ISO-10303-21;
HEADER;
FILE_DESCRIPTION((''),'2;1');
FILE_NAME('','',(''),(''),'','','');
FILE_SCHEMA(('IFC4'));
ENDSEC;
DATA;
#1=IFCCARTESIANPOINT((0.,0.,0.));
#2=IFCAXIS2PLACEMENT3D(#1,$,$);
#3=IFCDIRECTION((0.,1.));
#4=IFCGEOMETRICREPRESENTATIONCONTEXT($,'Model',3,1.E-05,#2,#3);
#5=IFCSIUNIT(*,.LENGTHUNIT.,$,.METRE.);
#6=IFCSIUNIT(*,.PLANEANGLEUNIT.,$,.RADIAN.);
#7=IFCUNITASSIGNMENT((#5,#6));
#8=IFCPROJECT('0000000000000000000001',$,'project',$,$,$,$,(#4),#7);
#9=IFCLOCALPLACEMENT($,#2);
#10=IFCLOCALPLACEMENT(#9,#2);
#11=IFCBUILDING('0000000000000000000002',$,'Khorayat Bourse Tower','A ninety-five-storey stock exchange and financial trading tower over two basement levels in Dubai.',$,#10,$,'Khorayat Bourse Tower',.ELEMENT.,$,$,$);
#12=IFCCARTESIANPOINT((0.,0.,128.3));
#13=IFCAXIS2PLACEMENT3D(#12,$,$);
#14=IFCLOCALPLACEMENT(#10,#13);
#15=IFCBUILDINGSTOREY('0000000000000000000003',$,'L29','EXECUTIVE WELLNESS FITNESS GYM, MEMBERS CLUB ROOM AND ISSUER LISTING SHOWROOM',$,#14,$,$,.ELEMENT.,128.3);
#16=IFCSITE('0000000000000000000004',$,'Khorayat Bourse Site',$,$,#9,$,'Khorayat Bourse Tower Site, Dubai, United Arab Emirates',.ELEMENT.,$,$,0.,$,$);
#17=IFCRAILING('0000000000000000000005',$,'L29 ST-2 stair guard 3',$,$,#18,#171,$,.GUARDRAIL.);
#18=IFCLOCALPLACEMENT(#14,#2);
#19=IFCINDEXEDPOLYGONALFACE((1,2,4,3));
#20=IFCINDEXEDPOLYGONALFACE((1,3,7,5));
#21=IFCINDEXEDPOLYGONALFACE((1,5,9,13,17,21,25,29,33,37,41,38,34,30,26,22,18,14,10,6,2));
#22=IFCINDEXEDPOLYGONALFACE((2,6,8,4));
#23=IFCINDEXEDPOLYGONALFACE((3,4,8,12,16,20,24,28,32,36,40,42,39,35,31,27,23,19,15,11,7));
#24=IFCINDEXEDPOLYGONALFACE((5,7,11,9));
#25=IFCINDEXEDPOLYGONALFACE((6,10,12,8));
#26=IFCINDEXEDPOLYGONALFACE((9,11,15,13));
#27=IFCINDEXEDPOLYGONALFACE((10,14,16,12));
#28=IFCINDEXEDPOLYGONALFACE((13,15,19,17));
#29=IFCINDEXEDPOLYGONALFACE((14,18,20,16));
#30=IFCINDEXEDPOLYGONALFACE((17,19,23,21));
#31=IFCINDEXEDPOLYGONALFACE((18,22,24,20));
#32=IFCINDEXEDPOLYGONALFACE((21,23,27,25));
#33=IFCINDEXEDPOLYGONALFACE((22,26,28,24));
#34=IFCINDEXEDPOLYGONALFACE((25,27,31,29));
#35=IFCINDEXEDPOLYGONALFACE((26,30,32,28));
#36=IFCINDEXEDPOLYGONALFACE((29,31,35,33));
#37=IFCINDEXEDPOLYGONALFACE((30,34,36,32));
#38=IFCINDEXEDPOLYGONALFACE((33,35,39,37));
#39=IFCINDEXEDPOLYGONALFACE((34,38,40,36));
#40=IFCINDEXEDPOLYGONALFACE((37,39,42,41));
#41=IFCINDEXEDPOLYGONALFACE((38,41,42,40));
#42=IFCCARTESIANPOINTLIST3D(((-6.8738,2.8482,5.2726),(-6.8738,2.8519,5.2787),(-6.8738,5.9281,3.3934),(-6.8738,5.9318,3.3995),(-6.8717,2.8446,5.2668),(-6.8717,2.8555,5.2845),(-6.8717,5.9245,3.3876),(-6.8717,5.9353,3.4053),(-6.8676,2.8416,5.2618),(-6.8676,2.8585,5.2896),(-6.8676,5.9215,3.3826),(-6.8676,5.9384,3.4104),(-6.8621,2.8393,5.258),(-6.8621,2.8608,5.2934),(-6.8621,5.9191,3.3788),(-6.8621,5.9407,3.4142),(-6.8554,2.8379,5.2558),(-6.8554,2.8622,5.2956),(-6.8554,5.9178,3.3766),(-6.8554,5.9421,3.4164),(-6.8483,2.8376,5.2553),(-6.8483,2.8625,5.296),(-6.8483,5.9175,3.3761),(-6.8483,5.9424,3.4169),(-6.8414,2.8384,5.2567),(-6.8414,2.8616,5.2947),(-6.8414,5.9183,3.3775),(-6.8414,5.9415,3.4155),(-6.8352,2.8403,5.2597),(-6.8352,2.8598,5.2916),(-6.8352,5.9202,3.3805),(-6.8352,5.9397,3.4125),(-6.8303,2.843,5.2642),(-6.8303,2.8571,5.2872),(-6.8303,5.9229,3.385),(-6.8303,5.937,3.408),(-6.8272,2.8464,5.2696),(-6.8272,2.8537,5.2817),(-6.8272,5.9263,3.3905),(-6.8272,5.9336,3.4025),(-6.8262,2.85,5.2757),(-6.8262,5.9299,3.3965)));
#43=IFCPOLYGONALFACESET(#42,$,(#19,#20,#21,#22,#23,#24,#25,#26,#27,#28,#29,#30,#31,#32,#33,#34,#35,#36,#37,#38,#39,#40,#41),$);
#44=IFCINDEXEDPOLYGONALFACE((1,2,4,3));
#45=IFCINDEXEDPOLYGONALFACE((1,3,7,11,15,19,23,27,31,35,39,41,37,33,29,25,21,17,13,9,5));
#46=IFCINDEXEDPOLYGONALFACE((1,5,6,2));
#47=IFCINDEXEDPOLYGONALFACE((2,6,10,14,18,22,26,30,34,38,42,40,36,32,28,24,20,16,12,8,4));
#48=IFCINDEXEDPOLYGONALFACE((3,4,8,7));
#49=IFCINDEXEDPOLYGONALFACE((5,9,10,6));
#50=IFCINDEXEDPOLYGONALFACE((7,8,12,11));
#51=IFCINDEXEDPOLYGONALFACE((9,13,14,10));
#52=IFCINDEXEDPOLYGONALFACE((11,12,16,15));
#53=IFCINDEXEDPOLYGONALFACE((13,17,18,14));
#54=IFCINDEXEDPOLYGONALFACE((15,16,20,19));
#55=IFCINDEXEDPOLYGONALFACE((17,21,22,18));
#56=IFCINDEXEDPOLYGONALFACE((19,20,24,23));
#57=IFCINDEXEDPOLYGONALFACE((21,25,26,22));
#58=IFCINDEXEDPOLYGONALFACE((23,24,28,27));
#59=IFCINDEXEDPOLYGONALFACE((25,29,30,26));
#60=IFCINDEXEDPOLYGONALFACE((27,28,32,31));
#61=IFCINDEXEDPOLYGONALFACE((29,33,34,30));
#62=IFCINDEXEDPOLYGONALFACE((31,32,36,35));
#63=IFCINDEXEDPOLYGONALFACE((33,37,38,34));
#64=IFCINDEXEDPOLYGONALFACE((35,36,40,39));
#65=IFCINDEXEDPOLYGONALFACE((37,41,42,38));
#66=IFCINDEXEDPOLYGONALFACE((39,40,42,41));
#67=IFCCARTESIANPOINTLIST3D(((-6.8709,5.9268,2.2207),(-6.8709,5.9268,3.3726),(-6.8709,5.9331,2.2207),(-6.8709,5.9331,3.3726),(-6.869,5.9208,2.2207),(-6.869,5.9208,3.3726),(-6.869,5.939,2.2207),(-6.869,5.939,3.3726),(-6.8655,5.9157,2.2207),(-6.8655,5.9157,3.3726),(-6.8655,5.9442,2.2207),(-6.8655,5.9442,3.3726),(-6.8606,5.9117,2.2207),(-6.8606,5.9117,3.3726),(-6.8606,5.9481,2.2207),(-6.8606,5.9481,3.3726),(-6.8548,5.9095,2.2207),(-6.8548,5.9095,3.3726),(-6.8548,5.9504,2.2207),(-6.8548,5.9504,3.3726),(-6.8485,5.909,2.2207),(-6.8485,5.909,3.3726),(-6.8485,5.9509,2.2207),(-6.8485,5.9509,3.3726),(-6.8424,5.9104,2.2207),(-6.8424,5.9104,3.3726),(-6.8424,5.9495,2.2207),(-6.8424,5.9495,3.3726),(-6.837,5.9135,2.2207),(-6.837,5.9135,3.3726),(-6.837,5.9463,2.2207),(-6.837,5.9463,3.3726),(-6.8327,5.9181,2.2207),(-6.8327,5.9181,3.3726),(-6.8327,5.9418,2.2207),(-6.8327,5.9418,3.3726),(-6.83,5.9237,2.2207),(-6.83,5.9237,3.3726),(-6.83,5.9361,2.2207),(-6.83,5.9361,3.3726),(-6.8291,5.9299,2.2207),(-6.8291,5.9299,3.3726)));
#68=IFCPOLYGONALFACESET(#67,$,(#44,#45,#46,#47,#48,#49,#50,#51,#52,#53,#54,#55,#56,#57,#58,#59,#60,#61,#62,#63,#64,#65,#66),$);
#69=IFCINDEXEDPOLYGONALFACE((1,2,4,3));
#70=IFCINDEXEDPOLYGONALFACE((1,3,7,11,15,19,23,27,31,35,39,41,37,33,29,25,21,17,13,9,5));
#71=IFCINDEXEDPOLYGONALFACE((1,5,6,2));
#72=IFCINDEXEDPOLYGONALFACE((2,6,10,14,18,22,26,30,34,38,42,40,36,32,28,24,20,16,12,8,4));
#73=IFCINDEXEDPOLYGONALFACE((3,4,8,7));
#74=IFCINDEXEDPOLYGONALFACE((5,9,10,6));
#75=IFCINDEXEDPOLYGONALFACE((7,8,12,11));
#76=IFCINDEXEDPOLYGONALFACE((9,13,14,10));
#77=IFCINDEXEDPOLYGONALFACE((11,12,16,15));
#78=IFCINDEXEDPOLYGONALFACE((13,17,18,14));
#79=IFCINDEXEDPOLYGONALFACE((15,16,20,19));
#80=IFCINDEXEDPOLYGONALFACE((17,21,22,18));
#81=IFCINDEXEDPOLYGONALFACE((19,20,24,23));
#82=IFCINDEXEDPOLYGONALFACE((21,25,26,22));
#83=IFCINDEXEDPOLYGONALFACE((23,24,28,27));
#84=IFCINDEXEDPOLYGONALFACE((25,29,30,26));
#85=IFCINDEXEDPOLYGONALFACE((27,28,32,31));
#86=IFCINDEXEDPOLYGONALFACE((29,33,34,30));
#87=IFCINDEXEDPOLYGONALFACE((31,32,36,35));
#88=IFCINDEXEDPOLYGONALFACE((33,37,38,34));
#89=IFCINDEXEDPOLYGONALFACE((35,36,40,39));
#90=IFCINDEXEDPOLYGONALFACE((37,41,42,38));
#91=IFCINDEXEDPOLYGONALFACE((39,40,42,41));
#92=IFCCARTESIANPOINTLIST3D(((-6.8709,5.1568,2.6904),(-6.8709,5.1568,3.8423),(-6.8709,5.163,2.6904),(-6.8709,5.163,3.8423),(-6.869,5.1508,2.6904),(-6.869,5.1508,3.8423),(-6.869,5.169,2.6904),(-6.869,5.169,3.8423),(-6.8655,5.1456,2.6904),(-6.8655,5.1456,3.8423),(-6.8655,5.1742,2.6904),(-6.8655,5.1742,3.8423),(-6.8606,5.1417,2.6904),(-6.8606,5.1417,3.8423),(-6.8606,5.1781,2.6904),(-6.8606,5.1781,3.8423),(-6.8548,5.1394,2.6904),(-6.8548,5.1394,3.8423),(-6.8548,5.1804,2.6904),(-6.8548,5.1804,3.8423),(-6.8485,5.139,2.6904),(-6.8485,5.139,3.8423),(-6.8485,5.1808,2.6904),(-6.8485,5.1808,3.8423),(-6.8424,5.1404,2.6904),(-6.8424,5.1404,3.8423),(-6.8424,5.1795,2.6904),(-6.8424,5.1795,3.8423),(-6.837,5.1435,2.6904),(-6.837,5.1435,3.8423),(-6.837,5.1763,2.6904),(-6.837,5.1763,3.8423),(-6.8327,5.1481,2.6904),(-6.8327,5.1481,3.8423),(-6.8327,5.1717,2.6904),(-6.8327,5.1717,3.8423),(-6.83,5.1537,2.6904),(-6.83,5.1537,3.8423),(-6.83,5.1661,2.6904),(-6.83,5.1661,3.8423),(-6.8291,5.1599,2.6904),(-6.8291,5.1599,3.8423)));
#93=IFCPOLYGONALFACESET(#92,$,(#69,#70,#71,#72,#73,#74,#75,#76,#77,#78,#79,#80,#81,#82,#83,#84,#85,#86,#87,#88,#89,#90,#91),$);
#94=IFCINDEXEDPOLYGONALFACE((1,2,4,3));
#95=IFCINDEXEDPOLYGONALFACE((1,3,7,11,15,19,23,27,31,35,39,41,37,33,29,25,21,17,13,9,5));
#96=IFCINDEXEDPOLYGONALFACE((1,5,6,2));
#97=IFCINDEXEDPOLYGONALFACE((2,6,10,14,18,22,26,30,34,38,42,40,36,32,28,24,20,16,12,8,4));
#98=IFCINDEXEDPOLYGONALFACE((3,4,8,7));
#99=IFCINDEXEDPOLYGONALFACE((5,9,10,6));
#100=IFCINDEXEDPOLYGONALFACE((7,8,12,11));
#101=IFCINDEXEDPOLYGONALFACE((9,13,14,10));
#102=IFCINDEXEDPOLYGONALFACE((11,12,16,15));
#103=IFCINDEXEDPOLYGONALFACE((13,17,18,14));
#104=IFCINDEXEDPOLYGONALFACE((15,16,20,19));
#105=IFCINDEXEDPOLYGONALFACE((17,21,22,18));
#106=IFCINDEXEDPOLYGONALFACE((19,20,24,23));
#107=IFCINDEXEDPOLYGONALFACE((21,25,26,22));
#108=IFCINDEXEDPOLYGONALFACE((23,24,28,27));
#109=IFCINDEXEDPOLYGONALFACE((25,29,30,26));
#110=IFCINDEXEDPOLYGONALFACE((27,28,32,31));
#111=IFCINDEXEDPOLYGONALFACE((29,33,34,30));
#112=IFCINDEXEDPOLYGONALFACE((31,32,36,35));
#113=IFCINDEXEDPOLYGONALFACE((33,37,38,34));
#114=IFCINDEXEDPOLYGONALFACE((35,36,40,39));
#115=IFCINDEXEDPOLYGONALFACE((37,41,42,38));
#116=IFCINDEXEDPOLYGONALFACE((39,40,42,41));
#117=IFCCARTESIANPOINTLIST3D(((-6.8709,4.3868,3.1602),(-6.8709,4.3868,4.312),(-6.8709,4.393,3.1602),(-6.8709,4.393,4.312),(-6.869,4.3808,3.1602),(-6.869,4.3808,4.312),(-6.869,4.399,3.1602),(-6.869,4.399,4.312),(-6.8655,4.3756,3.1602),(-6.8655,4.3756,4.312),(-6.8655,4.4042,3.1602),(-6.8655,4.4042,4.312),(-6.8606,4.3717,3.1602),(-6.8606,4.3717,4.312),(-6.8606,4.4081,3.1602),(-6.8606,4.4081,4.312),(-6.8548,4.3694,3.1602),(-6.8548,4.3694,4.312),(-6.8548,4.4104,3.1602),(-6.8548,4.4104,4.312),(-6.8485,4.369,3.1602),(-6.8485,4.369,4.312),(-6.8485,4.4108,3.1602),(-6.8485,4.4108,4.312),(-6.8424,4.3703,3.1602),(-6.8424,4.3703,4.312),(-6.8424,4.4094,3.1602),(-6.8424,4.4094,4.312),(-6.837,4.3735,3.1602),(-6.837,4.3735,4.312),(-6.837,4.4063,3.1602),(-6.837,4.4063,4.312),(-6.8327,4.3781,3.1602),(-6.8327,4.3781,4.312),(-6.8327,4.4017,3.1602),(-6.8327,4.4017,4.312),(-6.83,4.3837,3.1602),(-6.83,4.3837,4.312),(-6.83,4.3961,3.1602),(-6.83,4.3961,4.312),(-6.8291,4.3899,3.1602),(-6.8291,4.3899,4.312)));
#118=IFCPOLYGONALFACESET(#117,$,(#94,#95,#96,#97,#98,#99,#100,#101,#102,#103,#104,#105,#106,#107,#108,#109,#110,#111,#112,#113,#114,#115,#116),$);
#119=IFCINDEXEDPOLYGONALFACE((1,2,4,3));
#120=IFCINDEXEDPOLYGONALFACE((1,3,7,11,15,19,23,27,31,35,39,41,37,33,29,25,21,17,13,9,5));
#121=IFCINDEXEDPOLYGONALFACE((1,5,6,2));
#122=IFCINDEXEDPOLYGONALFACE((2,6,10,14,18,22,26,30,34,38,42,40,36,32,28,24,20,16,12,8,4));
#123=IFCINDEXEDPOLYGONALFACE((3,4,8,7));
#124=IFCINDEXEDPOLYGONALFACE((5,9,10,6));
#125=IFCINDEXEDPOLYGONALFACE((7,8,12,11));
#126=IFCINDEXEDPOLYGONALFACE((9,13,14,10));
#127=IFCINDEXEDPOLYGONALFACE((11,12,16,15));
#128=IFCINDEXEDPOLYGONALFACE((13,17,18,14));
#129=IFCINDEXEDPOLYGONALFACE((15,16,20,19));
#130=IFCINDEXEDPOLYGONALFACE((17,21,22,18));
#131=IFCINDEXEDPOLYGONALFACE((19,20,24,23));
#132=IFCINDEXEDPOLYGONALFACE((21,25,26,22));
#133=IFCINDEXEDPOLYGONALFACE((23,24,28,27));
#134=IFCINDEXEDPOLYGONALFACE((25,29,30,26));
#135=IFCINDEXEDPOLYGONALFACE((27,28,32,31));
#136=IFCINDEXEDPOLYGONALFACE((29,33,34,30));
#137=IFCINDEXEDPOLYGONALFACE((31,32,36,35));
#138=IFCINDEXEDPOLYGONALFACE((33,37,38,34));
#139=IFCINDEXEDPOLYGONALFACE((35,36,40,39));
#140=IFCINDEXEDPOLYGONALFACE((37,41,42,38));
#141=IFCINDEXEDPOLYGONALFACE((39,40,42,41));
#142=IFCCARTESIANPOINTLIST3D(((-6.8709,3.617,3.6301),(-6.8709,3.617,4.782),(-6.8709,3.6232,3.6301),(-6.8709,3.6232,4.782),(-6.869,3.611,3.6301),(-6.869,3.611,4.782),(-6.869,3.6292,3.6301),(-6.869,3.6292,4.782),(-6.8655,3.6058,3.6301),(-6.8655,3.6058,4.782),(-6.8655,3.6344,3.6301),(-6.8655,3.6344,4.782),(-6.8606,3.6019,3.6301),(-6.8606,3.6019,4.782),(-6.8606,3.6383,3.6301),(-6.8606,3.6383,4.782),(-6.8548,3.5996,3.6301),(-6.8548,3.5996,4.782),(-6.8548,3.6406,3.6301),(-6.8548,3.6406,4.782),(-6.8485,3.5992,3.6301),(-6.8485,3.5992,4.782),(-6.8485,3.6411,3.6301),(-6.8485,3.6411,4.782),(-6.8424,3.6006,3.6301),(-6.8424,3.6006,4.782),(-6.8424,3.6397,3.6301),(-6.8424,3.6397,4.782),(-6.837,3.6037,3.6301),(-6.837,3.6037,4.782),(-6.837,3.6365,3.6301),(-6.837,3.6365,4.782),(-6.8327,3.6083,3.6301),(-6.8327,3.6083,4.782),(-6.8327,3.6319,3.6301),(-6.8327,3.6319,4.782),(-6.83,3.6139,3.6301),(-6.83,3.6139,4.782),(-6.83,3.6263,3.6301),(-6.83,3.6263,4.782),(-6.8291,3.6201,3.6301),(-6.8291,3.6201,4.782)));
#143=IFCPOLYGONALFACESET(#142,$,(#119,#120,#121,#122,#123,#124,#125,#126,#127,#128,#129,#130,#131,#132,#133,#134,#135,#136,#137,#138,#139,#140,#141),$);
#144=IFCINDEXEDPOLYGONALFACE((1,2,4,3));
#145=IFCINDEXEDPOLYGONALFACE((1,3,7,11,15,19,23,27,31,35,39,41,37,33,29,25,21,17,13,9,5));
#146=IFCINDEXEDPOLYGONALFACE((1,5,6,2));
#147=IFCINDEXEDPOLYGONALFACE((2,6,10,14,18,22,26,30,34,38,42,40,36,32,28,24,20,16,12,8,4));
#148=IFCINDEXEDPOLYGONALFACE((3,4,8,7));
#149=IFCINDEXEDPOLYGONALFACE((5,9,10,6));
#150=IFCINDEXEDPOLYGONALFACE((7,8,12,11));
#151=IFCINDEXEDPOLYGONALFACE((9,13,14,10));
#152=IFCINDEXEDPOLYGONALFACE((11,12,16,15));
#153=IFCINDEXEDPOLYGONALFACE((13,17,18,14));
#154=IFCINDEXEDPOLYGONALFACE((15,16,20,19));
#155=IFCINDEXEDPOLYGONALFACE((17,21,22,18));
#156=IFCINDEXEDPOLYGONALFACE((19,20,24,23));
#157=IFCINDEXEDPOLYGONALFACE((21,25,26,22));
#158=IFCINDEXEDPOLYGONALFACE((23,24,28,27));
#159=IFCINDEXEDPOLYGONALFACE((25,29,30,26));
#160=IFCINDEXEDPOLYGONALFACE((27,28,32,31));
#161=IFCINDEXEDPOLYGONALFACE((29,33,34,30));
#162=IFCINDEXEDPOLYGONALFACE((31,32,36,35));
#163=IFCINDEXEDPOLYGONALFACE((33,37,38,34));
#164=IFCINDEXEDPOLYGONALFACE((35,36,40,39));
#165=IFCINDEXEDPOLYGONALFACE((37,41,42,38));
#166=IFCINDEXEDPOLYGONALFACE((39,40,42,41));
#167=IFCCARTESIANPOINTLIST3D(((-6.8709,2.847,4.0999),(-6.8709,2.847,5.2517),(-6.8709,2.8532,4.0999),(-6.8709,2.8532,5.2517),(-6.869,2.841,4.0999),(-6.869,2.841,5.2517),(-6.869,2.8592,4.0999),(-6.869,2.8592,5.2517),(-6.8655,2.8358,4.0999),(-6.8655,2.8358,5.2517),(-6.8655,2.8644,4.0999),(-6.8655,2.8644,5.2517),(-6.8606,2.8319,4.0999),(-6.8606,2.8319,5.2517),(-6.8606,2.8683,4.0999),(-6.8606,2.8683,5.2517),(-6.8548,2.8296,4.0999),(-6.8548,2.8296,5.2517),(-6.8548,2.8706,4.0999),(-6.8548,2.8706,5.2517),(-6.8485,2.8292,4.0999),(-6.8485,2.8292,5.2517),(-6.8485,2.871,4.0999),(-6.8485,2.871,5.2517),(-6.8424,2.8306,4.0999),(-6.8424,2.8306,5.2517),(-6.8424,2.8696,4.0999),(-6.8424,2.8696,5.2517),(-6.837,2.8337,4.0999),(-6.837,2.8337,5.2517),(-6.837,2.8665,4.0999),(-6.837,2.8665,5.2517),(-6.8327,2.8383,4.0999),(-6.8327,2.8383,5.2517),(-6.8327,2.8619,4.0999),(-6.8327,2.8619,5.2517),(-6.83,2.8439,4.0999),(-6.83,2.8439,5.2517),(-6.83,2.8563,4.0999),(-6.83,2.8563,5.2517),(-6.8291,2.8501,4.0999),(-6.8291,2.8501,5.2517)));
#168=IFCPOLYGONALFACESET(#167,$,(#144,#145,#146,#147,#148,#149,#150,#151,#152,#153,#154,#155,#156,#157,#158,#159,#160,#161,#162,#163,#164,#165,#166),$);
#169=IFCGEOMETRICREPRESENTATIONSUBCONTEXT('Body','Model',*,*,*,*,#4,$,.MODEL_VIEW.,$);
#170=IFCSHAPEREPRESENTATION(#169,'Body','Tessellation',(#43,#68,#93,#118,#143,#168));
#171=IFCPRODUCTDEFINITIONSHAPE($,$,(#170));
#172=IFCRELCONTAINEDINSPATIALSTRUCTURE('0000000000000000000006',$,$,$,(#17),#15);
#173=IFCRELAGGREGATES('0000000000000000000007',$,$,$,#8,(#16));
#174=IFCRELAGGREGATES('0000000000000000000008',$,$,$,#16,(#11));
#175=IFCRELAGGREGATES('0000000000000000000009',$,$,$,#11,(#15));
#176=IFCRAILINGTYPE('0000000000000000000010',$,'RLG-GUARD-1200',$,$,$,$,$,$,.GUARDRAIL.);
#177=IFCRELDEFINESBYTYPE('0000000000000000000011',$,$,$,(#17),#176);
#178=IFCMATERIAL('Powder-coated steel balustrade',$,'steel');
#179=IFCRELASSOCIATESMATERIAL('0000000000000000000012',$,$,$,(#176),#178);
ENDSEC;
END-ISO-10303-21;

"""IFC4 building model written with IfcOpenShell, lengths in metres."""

from ifc_helpers import new_model, si_unit, direction, frame, origin, origin_2d, place, context, subcontext, project, spatial, circle, extrude, source, transform, mapped, material, type_object, element, save


model = new_model("IFC4")

# Units and contexts
model_context = context("Model", 3, precision=1e-05, world=origin(), true_north=direction((0.0, 1.0)))
body_context = subcontext(model_context, "Body", "Model", "MODEL_VIEW")
ifc_project = project(units=[si_unit("LENGTHUNIT", "METRE"), si_unit("PLANEANGLEUNIT", "RADIAN")], contexts=[model_context])

# Site, building, storey
site_placement = place(None, origin())
site = spatial("IfcSite", under=ifc_project, at=site_placement, Name="Khorayat Bourse Site", LongName="Khorayat Bourse Tower Site, Dubai, United Arab Emirates", CompositionType="ELEMENT", RefElevation=0.0)
building_placement = place(site_placement, origin())
building = spatial("IfcBuilding", under=site, at=building_placement, Name="Khorayat Bourse Tower", Description="A ninety-five-storey stock exchange and financial trading tower over two basement levels in Dubai.", LongName="Khorayat Bourse Tower", CompositionType="ELEMENT")
storey_placement = place(building_placement, frame((0.0, 0.0, 128.3)))
storey = spatial("IfcBuildingStorey", under=building, at=storey_placement, Name="L29", Description="EXECUTIVE WELLNESS FITNESS GYM, MEMBERS CLUB ROOM AND ISSUER LISTING SHOWROOM", CompositionType="ELEMENT", Elevation=128.3)

# Railing
ifc_material_1 = material(Name="Powder-coated steel balustrade", Category="steel")
railing_type_1 = type_object("IfcRailingType", Name="RLG-GUARD-1200", PredefinedType="GUARDRAIL", material=ifc_material_1)
shared_shape_1 = source(origin(), body_context, "Body", "SweptSolid", [
    extrude(circle(Radius=0.0239, at=origin_2d()), frame((0.0, 0.0, 1.1758), z_axis=(0.0, -0.853648, 0.52085), x_axis=(1.0, 0.0, 0.0)), (0.0, 0.0, 1.0), 3.6079),
    extrude(circle(Radius=0.021, at=origin_2d()), origin(), (0.0, 0.0, 1.0), 1.1519),
    extrude(circle(Radius=0.021, at=origin_2d()), frame((0.0, -0.77, 0.4697)), (0.0, 0.0, 1.0), 1.1519),
    extrude(circle(Radius=0.021, at=origin_2d()), frame((0.0, -1.54, 0.9395)), (0.0, 0.0, 1.0), 1.1519),
    extrude(circle(Radius=0.021, at=origin_2d()), frame((0.0, -2.3098, 1.4094)), (0.0, 0.0, 1.0), 1.1519),
    extrude(circle(Radius=0.021, at=origin_2d()), frame((0.0, -3.0798, 1.8792)), (0.0, 0.0, 1.0), 1.1519),
])
railing_1_placement = place(storey_placement, frame((-6.8501, 5.9299, 2.2207)))
element("IfcRailing", 1, at=railing_1_placement, inside=storey, type_object=railing_type_1, Name="L29 ST-2 stair guard 3", PredefinedType="GUARDRAIL", context=body_context, shape_type="MappedRepresentation", body=[
    mapped(shared_shape_1, transform((0.0, 0.0, 0.0), scale=1.0)),
])

save(model, "model.ifc")
